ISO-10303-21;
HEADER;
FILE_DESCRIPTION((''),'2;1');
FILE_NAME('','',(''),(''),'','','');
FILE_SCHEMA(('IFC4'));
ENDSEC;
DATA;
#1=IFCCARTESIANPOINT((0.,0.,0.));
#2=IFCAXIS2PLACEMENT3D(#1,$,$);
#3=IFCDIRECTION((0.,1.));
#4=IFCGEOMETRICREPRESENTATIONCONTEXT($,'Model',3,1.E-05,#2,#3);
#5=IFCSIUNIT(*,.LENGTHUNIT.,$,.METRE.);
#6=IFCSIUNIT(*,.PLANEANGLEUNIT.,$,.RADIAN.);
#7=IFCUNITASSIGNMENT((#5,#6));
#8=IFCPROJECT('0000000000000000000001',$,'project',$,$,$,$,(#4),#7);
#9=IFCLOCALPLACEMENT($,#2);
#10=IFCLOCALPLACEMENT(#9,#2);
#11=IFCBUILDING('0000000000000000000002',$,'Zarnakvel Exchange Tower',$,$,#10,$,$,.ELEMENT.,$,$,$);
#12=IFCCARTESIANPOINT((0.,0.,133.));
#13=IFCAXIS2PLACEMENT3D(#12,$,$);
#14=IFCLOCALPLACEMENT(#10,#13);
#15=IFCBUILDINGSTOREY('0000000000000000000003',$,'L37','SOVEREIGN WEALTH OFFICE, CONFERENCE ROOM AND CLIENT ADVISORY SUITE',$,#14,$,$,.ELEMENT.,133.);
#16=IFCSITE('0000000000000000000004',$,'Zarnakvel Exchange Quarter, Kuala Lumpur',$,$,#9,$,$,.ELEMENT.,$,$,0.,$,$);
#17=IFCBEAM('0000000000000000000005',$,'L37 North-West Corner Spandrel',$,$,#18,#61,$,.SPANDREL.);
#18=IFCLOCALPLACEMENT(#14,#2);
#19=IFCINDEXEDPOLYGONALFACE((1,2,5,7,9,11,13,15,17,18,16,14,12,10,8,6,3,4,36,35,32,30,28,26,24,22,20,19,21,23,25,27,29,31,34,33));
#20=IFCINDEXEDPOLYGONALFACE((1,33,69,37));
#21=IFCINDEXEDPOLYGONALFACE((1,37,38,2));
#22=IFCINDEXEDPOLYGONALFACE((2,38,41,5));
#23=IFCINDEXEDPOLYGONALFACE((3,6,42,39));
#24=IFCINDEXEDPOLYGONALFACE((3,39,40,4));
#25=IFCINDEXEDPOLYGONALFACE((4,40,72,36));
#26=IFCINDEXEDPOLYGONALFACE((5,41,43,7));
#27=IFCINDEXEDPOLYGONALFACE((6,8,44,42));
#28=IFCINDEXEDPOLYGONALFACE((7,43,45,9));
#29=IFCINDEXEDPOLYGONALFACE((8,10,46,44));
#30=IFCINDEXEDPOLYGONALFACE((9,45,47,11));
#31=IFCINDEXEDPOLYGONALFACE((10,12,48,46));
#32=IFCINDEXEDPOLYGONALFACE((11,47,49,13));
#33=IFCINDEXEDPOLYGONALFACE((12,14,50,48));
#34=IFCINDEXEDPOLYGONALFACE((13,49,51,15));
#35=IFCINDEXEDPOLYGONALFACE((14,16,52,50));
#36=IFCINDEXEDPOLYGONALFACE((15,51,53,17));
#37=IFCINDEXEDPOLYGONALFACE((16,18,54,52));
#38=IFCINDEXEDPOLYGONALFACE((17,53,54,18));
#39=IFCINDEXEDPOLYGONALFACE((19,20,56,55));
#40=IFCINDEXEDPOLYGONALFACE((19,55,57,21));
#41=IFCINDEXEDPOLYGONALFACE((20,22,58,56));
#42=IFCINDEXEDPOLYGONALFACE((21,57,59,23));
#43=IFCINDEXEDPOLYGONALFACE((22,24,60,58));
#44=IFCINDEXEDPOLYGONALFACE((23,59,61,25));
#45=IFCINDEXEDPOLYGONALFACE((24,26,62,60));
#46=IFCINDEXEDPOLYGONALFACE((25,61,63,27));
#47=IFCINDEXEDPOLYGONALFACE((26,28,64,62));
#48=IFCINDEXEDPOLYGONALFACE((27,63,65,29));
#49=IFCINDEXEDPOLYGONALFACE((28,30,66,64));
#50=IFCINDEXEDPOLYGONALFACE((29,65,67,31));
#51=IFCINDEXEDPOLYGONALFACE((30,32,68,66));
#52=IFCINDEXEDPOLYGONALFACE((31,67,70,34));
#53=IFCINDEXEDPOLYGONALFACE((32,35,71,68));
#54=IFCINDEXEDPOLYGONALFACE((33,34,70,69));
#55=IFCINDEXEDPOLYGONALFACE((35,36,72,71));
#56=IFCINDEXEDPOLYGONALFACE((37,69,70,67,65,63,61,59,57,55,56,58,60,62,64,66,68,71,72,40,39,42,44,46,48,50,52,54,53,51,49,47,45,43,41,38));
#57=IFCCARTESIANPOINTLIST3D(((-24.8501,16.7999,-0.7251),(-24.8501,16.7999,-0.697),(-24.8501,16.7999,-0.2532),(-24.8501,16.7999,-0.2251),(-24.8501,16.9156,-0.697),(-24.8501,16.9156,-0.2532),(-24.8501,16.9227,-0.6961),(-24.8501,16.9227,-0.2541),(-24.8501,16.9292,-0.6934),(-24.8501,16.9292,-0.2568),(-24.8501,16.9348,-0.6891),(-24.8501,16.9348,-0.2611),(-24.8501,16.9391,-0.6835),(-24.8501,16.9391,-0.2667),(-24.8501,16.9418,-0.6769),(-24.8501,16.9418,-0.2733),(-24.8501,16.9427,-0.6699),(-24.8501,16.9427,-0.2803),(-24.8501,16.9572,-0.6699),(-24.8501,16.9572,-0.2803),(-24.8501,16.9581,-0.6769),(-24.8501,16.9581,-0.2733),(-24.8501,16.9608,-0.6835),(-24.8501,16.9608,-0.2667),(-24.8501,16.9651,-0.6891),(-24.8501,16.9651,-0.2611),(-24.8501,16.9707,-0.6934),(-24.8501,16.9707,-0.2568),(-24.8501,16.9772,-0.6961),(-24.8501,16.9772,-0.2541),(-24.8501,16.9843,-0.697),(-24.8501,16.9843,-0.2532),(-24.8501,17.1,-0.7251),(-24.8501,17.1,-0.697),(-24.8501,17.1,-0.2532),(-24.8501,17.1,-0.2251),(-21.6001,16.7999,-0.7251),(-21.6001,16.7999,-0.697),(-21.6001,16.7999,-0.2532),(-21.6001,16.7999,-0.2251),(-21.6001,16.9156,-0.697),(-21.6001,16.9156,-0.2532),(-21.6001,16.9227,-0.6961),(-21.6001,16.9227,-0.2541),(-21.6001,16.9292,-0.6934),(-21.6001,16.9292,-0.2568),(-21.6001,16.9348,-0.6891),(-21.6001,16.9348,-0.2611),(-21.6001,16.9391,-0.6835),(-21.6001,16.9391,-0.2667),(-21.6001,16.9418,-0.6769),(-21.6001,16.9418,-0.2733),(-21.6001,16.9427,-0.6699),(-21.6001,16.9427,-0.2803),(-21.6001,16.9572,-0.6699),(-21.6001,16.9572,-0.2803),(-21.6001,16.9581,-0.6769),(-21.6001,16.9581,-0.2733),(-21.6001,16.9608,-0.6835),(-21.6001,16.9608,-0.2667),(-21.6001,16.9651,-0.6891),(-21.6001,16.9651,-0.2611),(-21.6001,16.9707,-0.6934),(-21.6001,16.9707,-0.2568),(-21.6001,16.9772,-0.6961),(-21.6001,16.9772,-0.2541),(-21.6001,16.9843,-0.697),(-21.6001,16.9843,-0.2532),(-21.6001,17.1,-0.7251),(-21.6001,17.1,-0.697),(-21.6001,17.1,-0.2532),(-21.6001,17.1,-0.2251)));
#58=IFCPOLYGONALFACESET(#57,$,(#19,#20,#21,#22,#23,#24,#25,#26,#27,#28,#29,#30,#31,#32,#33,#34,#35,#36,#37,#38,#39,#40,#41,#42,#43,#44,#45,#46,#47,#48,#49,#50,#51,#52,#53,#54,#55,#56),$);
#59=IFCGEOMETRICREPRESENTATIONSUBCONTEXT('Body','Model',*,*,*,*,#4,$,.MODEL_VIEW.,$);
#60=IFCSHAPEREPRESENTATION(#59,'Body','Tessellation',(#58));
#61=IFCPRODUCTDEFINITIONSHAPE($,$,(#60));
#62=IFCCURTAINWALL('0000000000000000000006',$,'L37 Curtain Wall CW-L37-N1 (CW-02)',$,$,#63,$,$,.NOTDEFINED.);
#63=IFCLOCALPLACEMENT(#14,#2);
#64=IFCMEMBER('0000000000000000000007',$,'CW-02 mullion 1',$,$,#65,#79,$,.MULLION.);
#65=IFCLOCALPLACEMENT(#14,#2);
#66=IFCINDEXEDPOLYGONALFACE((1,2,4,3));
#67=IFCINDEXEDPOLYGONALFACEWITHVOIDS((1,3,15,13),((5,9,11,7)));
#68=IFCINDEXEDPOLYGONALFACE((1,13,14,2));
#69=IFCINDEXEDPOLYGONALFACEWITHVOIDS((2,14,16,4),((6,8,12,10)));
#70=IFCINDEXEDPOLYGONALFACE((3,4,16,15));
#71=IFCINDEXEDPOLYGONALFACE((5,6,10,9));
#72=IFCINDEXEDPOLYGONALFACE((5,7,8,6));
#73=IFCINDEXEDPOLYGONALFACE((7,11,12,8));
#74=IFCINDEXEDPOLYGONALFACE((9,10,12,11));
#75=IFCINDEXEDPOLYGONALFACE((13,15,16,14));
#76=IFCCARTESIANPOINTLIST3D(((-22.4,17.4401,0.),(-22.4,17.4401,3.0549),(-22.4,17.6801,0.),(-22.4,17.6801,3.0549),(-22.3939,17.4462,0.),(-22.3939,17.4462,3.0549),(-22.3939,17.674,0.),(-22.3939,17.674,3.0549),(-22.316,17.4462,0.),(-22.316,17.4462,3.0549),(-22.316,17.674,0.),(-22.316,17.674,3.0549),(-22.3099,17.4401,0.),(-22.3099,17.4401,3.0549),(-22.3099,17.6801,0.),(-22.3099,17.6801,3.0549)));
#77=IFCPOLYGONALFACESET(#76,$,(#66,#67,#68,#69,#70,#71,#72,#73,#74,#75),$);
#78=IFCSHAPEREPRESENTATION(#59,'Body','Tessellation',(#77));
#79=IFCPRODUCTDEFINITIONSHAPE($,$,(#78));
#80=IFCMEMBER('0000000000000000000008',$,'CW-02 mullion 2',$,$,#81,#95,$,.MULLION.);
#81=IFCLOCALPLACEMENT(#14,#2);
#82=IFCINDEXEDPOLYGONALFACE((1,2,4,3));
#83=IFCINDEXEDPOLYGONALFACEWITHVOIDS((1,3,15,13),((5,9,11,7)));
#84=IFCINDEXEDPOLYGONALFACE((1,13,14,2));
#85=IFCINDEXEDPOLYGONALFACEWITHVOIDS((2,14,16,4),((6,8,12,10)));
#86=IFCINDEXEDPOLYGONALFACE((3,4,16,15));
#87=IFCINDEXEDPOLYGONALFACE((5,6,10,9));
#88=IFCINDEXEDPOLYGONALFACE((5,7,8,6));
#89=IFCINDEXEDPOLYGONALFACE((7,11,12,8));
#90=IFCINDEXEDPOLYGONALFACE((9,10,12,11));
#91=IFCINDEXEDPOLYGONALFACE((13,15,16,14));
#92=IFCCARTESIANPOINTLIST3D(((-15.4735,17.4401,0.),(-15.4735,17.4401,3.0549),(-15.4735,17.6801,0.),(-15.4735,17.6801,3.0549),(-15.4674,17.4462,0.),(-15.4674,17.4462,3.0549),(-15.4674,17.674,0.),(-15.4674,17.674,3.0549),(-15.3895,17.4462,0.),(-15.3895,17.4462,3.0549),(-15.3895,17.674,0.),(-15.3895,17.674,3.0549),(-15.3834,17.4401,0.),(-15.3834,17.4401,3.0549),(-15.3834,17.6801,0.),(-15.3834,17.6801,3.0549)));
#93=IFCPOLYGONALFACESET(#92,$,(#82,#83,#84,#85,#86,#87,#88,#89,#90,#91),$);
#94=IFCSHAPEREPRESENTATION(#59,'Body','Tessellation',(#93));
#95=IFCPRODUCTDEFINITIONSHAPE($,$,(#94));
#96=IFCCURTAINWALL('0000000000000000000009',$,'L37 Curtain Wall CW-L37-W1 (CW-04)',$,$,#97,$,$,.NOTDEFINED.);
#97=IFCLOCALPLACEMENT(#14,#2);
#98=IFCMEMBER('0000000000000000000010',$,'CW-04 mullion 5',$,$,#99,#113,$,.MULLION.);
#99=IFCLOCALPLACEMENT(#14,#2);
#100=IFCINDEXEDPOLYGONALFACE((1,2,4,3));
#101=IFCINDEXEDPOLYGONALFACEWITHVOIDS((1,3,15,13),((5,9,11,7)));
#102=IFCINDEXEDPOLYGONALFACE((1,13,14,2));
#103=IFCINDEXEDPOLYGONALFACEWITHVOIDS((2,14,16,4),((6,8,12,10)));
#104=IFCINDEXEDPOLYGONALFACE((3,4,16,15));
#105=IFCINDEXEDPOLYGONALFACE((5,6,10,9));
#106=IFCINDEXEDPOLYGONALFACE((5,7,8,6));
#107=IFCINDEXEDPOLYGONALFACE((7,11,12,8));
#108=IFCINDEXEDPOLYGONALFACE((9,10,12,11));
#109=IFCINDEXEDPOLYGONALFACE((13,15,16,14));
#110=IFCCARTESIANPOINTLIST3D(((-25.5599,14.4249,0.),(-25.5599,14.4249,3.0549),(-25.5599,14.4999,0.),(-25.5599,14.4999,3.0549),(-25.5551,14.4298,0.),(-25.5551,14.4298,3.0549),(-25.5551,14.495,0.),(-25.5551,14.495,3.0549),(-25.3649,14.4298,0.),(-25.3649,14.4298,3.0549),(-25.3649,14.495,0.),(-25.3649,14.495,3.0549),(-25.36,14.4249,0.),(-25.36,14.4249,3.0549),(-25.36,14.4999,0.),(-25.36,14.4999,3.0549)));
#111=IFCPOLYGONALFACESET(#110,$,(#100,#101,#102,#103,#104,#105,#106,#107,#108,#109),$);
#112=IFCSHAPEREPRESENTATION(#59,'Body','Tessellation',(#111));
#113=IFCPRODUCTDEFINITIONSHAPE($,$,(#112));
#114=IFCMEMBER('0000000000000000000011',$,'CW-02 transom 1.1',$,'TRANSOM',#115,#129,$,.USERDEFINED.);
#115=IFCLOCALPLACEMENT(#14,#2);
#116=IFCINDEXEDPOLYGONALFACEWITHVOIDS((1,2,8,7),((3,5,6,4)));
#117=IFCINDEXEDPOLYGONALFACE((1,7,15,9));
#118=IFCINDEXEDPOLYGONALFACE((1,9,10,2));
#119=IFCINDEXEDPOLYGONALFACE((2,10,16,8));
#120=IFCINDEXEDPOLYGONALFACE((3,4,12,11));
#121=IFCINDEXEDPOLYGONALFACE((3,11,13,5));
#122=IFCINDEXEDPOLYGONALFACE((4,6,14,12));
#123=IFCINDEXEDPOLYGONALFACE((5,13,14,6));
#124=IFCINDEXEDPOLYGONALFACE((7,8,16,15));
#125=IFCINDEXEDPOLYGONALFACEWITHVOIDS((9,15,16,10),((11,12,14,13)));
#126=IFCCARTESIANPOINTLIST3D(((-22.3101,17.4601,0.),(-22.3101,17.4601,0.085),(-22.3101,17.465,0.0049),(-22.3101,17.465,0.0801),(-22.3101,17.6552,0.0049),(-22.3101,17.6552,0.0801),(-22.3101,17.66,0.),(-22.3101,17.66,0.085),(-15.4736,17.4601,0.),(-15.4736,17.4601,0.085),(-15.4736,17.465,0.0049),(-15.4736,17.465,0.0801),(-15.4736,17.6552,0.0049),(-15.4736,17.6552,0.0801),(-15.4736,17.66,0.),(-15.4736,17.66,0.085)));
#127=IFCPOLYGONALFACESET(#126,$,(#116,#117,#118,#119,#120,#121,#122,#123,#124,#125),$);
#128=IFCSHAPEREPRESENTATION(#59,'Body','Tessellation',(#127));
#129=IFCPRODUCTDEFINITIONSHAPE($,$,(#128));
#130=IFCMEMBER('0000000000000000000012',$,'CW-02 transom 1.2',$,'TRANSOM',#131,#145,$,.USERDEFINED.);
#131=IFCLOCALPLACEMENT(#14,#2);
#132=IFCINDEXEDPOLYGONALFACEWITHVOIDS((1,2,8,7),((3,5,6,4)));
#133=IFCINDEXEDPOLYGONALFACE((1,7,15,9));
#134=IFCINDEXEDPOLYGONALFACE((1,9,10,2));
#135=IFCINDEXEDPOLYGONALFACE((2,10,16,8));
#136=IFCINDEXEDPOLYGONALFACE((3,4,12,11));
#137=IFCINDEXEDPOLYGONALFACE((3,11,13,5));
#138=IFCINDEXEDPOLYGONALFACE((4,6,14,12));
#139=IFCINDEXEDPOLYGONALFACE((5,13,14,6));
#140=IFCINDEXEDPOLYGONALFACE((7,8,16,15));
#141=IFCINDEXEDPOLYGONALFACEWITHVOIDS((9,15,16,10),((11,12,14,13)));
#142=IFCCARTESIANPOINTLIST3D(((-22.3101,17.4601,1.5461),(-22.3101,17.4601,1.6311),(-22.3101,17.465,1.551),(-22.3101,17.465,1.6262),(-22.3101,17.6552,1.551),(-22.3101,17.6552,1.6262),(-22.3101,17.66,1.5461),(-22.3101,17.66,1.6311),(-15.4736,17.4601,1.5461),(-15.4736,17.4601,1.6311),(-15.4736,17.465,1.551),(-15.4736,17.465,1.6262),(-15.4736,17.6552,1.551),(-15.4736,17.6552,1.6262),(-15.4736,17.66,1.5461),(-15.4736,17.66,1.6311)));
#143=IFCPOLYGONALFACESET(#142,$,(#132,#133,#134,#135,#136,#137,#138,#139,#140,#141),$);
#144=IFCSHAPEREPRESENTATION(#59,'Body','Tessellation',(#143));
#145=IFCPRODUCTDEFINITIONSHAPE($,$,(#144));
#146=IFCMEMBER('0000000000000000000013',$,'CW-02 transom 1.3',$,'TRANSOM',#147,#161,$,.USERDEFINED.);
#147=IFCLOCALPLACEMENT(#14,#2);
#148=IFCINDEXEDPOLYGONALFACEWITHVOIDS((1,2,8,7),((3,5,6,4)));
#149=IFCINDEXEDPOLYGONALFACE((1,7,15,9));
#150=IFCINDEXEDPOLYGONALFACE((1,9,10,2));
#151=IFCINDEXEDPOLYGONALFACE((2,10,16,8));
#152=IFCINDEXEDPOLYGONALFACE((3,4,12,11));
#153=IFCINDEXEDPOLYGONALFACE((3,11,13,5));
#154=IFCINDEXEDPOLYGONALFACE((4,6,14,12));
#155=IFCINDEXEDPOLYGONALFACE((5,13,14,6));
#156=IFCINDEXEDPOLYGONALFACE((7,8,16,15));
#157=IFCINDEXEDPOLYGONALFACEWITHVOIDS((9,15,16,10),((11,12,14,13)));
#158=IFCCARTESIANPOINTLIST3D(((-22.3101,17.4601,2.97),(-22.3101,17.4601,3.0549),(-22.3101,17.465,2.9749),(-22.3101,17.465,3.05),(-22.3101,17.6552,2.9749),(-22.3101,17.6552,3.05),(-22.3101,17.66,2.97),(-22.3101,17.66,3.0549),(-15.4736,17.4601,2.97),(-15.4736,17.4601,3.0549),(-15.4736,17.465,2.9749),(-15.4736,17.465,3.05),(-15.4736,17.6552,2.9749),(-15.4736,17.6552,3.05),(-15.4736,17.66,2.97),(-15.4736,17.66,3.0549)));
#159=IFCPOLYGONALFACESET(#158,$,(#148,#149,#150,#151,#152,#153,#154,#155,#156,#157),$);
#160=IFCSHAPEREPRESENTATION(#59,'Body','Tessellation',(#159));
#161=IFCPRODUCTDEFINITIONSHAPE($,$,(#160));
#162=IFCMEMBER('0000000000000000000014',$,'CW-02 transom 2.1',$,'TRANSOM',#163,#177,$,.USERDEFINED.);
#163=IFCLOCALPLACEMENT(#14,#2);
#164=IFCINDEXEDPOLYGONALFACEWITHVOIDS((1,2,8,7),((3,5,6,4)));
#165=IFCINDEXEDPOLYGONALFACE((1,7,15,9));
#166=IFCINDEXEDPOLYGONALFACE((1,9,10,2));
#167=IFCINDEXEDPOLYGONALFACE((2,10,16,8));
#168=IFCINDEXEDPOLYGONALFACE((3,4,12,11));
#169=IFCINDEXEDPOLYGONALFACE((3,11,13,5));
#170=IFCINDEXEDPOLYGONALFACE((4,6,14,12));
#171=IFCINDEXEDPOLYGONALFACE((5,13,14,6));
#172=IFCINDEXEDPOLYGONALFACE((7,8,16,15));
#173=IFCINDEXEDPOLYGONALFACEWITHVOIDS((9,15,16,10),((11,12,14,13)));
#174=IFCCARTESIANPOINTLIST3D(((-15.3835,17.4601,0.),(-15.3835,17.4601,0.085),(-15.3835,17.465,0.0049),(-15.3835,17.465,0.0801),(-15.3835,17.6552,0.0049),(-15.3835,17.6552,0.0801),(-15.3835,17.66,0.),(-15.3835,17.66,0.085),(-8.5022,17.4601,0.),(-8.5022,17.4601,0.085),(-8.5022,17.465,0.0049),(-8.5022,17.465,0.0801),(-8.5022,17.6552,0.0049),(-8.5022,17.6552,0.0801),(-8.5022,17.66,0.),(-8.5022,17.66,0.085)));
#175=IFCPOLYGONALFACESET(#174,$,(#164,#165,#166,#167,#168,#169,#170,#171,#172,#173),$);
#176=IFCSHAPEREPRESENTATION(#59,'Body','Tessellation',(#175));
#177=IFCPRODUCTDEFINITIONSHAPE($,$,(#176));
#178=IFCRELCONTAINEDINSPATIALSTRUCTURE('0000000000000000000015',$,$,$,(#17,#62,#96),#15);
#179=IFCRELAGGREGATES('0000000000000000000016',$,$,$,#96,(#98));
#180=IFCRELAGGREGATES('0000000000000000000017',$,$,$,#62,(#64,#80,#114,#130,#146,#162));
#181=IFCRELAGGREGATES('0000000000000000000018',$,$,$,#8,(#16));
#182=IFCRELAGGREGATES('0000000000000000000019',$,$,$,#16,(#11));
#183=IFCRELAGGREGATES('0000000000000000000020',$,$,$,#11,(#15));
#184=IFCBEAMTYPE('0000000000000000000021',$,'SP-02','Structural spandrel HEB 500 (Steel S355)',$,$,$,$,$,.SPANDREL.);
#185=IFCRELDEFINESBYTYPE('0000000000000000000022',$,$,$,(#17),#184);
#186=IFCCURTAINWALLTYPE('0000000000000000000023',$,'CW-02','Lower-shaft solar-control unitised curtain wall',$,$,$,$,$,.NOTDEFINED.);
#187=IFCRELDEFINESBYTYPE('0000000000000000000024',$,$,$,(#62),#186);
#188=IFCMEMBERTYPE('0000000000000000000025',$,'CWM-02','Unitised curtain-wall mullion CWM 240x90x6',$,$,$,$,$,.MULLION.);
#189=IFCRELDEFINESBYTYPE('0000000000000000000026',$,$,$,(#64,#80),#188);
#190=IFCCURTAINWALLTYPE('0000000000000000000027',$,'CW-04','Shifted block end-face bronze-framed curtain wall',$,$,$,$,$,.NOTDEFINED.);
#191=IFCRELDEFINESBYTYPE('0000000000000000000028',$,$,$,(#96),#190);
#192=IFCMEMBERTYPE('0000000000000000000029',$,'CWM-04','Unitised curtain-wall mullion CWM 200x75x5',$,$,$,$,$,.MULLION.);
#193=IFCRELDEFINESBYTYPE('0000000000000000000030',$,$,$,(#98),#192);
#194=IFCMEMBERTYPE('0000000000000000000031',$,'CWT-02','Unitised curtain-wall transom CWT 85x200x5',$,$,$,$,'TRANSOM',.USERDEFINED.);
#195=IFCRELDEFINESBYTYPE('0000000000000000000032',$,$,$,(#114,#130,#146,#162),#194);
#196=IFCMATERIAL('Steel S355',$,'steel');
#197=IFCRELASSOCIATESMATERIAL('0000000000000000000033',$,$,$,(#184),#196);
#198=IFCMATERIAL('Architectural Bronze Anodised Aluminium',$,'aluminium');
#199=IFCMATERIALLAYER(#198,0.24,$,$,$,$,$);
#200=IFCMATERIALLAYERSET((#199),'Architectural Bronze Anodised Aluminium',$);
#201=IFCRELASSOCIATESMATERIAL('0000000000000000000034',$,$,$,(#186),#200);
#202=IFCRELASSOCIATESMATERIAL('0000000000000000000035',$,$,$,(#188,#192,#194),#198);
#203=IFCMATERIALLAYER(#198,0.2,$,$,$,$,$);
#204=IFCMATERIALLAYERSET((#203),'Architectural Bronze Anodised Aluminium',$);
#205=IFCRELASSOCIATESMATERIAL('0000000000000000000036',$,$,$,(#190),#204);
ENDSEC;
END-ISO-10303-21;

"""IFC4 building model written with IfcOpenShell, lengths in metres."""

from ifc_helpers import new_model, si_unit, direction, frame, origin, origin_2d, place, context, subcontext, project, spatial, hollow_rectangle, i_section, extrude, source, transform, mapped, material, layer, layer_set, material_profile, profile_set, type_object, element, aggregate, save


model = new_model("IFC4")

# Units and contexts
model_context = context("Model", 3, precision=1e-05, world=origin(), true_north=direction((0.0, 1.0)))
body_context = subcontext(model_context, "Body", "Model", "MODEL_VIEW")
ifc_project = project(units=[si_unit("LENGTHUNIT", "METRE"), si_unit("PLANEANGLEUNIT", "RADIAN")], contexts=[model_context])

# Site, building, storey
site_placement = place(None, origin())
site = spatial("IfcSite", under=ifc_project, at=site_placement, Name="Zarnakvel Exchange Quarter, Kuala Lumpur", CompositionType="ELEMENT", RefElevation=0.0)
building_placement = place(site_placement, origin())
building = spatial("IfcBuilding", under=site, at=building_placement, Name="Zarnakvel Exchange Tower", CompositionType="ELEMENT")
storey_placement = place(building_placement, frame((0.0, 0.0, 133.0)))
storey = spatial("IfcBuildingStorey", under=building, at=storey_placement, Name="L37", Description="SOVEREIGN WEALTH OFFICE, CONFERENCE ROOM AND CLIENT ADVISORY SUITE", CompositionType="ELEMENT", Elevation=133.0)

# Beam
ifc_material_1 = material(Name="Steel S355", Category="steel")
ifc_material_profile_1 = material_profile(ifc_material_1, i_section(OverallWidth=0.3, OverallDepth=0.5, WebThickness=0.0144, FlangeThickness=0.0281, FilletRadius=0.0271, at=origin_2d()))
ifc_profile_set_1 = profile_set([ifc_material_profile_1], Name="Steel S355")
beam_type_1 = type_object("IfcBeamType", Name="SP-02", Description="Structural spandrel HEB 500 (Steel S355)", PredefinedType="SPANDREL", material=ifc_profile_set_1)
beam_1_placement = place(storey_placement, frame((-24.8501, 16.95, -0.4751), z_axis=(1.0, 0.0, 0.0), x_axis=(0.0, 1.0, 0.0)))
element("IfcBeam", 1, at=beam_1_placement, inside=storey, type_object=beam_type_1, Name="L37 North-West Corner Spandrel", PredefinedType="SPANDREL", context=body_context, shape_type="SweptSolid", body=[
    extrude(i_section(OverallWidth=0.3, OverallDepth=0.5, WebThickness=0.0144, FlangeThickness=0.0281, FilletRadius=0.0271, at=origin_2d()), origin(), (0.0, 0.0, 1.0), 3.25),
])

# Curtain wall, members
ifc_material_2 = material(Name="Architectural Bronze Anodised Aluminium", Category="aluminium")
ifc_layer_1 = layer(ifc_material_2, 0.24)
ifc_layer_set_1 = layer_set([ifc_layer_1], Name="Architectural Bronze Anodised Aluminium")
curtain_wall_type_1 = type_object("IfcCurtainWallType", Name="CW-02", Description="Lower-shaft solar-control unitised curtain wall", PredefinedType="NOTDEFINED", material=ifc_layer_set_1)
curtain_wall_1_placement = place(storey_placement, origin())
curtain_wall_1 = element("IfcCurtainWall", 2, at=curtain_wall_1_placement, inside=storey, type_object=curtain_wall_type_1, Name="L37 Curtain Wall CW-L37-N1 (CW-02)", PredefinedType="NOTDEFINED")
ifc_material_profile_2 = material_profile(ifc_material_2, hollow_rectangle(XDim=0.24, YDim=0.0901, WallThickness=0.0061, at=origin_2d()))
ifc_profile_set_2 = profile_set([ifc_material_profile_2], Name="Architectural Bronze Anodised Aluminium")
member_type_1 = type_object("IfcMemberType", Name="CWM-02", Description="Unitised curtain-wall mullion CWM 240x90x6", PredefinedType="MULLION", material=ifc_profile_set_2)
shared_shape_1 = source(origin(), body_context, "Body", "SweptSolid", [
    extrude(hollow_rectangle(XDim=0.24, YDim=0.0901, WallThickness=0.0061, at=origin_2d()), origin(), (0.0, 0.0, 1.0), 3.0549),
])
member_1_placement = place(storey_placement, frame((-22.355, 17.5601, 0.0), z_axis=(0.0, 0.0, 1.0), x_axis=(0.0, 1.0, 0.0)))
member_1 = element("IfcMember", 3, at=member_1_placement, type_object=member_type_1, Name="CW-02 mullion 1", PredefinedType="MULLION", context=body_context, shape_type="MappedRepresentation", body=[
    mapped(shared_shape_1, transform((0.0, 0.0, 0.0), x_axis=(1.0, 0.0, 0.0), y_axis=(0.0, 1.0, 0.0), z_axis=(0.0, 0.0, 1.0), scale=1.0)),
])
member_2_placement = place(storey_placement, frame((-15.4285, 17.5601, 0.0), z_axis=(0.0, 0.0, 1.0), x_axis=(0.0, 1.0, 0.0)))
member_2 = element("IfcMember", 4, at=member_2_placement, type_object=member_type_1, Name="CW-02 mullion 2", PredefinedType="MULLION", context=body_context, shape_type="MappedRepresentation", body=[
    mapped(shared_shape_1, transform((0.0, 0.0, 0.0), x_axis=(1.0, 0.0, 0.0), y_axis=(0.0, 1.0, 0.0), z_axis=(0.0, 0.0, 1.0), scale=1.0)),
])

# Curtain wall, member
ifc_layer_2 = layer(ifc_material_2, 0.2)
ifc_layer_set_2 = layer_set([ifc_layer_2], Name="Architectural Bronze Anodised Aluminium")
curtain_wall_type_2 = type_object("IfcCurtainWallType", Name="CW-04", Description="Shifted block end-face bronze-framed curtain wall", PredefinedType="NOTDEFINED", material=ifc_layer_set_2)
curtain_wall_2_placement = place(storey_placement, origin())
curtain_wall_2 = element("IfcCurtainWall", 5, at=curtain_wall_2_placement, inside=storey, type_object=curtain_wall_type_2, Name="L37 Curtain Wall CW-L37-W1 (CW-04)", PredefinedType="NOTDEFINED")
ifc_material_profile_3 = material_profile(ifc_material_2, hollow_rectangle(XDim=0.2, YDim=0.075, WallThickness=0.0049, at=origin_2d()))
ifc_profile_set_3 = profile_set([ifc_material_profile_3], Name="Architectural Bronze Anodised Aluminium")
member_type_2 = type_object("IfcMemberType", Name="CWM-04", Description="Unitised curtain-wall mullion CWM 200x75x5", PredefinedType="MULLION", material=ifc_profile_set_3)
shared_shape_2 = source(origin(), body_context, "Body", "SweptSolid", [
    extrude(hollow_rectangle(XDim=0.2, YDim=0.075, WallThickness=0.0049, at=origin_2d()), origin(), (0.0, 0.0, 1.0), 3.0549),
])
member_3_placement = place(storey_placement, frame((-25.46, 14.4624, 0.0), z_axis=(0.0, 0.0, 1.0), x_axis=(-1.0, 0.0, 0.0)))
member_3 = element("IfcMember", 6, at=member_3_placement, type_object=member_type_2, Name="CW-04 mullion 5", PredefinedType="MULLION", context=body_context, shape_type="MappedRepresentation", body=[
    mapped(shared_shape_2, transform((0.0, 0.0, 0.0), x_axis=(1.0, 0.0, 0.0), y_axis=(0.0, 1.0, 0.0), z_axis=(0.0, 0.0, 1.0), scale=1.0)),
])
aggregate(curtain_wall_2, [member_3])

# Members
ifc_material_profile_4 = material_profile(ifc_material_2, hollow_rectangle(XDim=0.2, YDim=0.085, WallThickness=0.0049, at=origin_2d()))
ifc_profile_set_4 = profile_set([ifc_material_profile_4], Name="Architectural Bronze Anodised Aluminium")
member_type_3 = type_object("IfcMemberType", Name="CWT-02", Description="Unitised curtain-wall transom CWT 85x200x5", ElementType="TRANSOM", PredefinedType="USERDEFINED", material=ifc_profile_set_4)
shared_shape_3 = source(origin(), body_context, "Body", "SweptSolid", [
    extrude(hollow_rectangle(XDim=0.2, YDim=0.085, WallThickness=0.0049, at=origin_2d()), origin(), (0.0, 0.0, 1.0), 6.8364),
])
member_4_placement = place(storey_placement, frame((-22.3101, 17.5601, 0.0425), z_axis=(1.0, 0.0, 0.0), x_axis=(0.0, 1.0, 0.0)))
member_4 = element("IfcMember", 7, at=member_4_placement, type_object=member_type_3, Name="CW-02 transom 1.1", ObjectType="TRANSOM", PredefinedType="USERDEFINED", context=body_context, shape_type="MappedRepresentation", body=[
    mapped(shared_shape_3, transform((0.0, 0.0, 0.0), x_axis=(1.0, 0.0, 0.0), y_axis=(0.0, 1.0, 0.0), z_axis=(0.0, 0.0, 1.0), scale=1.0)),
])
member_5_placement = place(storey_placement, frame((-22.3101, 17.5601, 1.5886), z_axis=(1.0, 0.0, 0.0), x_axis=(0.0, 1.0, 0.0)))
member_5 = element("IfcMember", 8, at=member_5_placement, type_object=member_type_3, Name="CW-02 transom 1.2", ObjectType="TRANSOM", PredefinedType="USERDEFINED", context=body_context, shape_type="MappedRepresentation", body=[
    mapped(shared_shape_3, transform((0.0, 0.0, 0.0), x_axis=(1.0, 0.0, 0.0), y_axis=(0.0, 1.0, 0.0), z_axis=(0.0, 0.0, 1.0), scale=1.0)),
])
member_6_placement = place(storey_placement, frame((-22.3101, 17.5601, 3.0125), z_axis=(1.0, 0.0, 0.0), x_axis=(0.0, 1.0, 0.0)))
member_6 = element("IfcMember", 9, at=member_6_placement, type_object=member_type_3, Name="CW-02 transom 1.3", ObjectType="TRANSOM", PredefinedType="USERDEFINED", context=body_context, shape_type="MappedRepresentation", body=[
    mapped(shared_shape_3, transform((0.0, 0.0, 0.0), x_axis=(1.0, 0.0, 0.0), y_axis=(0.0, 1.0, 0.0), z_axis=(0.0, 0.0, 1.0), scale=1.0)),
])
shared_shape_4 = source(origin(), body_context, "Body", "SweptSolid", [
    extrude(hollow_rectangle(XDim=0.2, YDim=0.085, WallThickness=0.0049, at=origin_2d()), origin(), (0.0, 0.0, 1.0), 6.8813),
])
member_7_placement = place(storey_placement, frame((-15.3835, 17.5601, 0.0425), z_axis=(1.0, 0.0, 0.0), x_axis=(0.0, 1.0, 0.0)))
member_7 = element("IfcMember", 10, at=member_7_placement, type_object=member_type_3, Name="CW-02 transom 2.1", ObjectType="TRANSOM", PredefinedType="USERDEFINED", context=body_context, shape_type="MappedRepresentation", body=[
    mapped(shared_shape_4, transform((0.0, 0.0, 0.0), x_axis=(1.0, 0.0, 0.0), y_axis=(0.0, 1.0, 0.0), z_axis=(0.0, 0.0, 1.0), scale=1.0)),
])

aggregate(curtain_wall_1, [member_1, member_2, member_4, member_5, member_6, member_7])

save(model, "model.ifc")
